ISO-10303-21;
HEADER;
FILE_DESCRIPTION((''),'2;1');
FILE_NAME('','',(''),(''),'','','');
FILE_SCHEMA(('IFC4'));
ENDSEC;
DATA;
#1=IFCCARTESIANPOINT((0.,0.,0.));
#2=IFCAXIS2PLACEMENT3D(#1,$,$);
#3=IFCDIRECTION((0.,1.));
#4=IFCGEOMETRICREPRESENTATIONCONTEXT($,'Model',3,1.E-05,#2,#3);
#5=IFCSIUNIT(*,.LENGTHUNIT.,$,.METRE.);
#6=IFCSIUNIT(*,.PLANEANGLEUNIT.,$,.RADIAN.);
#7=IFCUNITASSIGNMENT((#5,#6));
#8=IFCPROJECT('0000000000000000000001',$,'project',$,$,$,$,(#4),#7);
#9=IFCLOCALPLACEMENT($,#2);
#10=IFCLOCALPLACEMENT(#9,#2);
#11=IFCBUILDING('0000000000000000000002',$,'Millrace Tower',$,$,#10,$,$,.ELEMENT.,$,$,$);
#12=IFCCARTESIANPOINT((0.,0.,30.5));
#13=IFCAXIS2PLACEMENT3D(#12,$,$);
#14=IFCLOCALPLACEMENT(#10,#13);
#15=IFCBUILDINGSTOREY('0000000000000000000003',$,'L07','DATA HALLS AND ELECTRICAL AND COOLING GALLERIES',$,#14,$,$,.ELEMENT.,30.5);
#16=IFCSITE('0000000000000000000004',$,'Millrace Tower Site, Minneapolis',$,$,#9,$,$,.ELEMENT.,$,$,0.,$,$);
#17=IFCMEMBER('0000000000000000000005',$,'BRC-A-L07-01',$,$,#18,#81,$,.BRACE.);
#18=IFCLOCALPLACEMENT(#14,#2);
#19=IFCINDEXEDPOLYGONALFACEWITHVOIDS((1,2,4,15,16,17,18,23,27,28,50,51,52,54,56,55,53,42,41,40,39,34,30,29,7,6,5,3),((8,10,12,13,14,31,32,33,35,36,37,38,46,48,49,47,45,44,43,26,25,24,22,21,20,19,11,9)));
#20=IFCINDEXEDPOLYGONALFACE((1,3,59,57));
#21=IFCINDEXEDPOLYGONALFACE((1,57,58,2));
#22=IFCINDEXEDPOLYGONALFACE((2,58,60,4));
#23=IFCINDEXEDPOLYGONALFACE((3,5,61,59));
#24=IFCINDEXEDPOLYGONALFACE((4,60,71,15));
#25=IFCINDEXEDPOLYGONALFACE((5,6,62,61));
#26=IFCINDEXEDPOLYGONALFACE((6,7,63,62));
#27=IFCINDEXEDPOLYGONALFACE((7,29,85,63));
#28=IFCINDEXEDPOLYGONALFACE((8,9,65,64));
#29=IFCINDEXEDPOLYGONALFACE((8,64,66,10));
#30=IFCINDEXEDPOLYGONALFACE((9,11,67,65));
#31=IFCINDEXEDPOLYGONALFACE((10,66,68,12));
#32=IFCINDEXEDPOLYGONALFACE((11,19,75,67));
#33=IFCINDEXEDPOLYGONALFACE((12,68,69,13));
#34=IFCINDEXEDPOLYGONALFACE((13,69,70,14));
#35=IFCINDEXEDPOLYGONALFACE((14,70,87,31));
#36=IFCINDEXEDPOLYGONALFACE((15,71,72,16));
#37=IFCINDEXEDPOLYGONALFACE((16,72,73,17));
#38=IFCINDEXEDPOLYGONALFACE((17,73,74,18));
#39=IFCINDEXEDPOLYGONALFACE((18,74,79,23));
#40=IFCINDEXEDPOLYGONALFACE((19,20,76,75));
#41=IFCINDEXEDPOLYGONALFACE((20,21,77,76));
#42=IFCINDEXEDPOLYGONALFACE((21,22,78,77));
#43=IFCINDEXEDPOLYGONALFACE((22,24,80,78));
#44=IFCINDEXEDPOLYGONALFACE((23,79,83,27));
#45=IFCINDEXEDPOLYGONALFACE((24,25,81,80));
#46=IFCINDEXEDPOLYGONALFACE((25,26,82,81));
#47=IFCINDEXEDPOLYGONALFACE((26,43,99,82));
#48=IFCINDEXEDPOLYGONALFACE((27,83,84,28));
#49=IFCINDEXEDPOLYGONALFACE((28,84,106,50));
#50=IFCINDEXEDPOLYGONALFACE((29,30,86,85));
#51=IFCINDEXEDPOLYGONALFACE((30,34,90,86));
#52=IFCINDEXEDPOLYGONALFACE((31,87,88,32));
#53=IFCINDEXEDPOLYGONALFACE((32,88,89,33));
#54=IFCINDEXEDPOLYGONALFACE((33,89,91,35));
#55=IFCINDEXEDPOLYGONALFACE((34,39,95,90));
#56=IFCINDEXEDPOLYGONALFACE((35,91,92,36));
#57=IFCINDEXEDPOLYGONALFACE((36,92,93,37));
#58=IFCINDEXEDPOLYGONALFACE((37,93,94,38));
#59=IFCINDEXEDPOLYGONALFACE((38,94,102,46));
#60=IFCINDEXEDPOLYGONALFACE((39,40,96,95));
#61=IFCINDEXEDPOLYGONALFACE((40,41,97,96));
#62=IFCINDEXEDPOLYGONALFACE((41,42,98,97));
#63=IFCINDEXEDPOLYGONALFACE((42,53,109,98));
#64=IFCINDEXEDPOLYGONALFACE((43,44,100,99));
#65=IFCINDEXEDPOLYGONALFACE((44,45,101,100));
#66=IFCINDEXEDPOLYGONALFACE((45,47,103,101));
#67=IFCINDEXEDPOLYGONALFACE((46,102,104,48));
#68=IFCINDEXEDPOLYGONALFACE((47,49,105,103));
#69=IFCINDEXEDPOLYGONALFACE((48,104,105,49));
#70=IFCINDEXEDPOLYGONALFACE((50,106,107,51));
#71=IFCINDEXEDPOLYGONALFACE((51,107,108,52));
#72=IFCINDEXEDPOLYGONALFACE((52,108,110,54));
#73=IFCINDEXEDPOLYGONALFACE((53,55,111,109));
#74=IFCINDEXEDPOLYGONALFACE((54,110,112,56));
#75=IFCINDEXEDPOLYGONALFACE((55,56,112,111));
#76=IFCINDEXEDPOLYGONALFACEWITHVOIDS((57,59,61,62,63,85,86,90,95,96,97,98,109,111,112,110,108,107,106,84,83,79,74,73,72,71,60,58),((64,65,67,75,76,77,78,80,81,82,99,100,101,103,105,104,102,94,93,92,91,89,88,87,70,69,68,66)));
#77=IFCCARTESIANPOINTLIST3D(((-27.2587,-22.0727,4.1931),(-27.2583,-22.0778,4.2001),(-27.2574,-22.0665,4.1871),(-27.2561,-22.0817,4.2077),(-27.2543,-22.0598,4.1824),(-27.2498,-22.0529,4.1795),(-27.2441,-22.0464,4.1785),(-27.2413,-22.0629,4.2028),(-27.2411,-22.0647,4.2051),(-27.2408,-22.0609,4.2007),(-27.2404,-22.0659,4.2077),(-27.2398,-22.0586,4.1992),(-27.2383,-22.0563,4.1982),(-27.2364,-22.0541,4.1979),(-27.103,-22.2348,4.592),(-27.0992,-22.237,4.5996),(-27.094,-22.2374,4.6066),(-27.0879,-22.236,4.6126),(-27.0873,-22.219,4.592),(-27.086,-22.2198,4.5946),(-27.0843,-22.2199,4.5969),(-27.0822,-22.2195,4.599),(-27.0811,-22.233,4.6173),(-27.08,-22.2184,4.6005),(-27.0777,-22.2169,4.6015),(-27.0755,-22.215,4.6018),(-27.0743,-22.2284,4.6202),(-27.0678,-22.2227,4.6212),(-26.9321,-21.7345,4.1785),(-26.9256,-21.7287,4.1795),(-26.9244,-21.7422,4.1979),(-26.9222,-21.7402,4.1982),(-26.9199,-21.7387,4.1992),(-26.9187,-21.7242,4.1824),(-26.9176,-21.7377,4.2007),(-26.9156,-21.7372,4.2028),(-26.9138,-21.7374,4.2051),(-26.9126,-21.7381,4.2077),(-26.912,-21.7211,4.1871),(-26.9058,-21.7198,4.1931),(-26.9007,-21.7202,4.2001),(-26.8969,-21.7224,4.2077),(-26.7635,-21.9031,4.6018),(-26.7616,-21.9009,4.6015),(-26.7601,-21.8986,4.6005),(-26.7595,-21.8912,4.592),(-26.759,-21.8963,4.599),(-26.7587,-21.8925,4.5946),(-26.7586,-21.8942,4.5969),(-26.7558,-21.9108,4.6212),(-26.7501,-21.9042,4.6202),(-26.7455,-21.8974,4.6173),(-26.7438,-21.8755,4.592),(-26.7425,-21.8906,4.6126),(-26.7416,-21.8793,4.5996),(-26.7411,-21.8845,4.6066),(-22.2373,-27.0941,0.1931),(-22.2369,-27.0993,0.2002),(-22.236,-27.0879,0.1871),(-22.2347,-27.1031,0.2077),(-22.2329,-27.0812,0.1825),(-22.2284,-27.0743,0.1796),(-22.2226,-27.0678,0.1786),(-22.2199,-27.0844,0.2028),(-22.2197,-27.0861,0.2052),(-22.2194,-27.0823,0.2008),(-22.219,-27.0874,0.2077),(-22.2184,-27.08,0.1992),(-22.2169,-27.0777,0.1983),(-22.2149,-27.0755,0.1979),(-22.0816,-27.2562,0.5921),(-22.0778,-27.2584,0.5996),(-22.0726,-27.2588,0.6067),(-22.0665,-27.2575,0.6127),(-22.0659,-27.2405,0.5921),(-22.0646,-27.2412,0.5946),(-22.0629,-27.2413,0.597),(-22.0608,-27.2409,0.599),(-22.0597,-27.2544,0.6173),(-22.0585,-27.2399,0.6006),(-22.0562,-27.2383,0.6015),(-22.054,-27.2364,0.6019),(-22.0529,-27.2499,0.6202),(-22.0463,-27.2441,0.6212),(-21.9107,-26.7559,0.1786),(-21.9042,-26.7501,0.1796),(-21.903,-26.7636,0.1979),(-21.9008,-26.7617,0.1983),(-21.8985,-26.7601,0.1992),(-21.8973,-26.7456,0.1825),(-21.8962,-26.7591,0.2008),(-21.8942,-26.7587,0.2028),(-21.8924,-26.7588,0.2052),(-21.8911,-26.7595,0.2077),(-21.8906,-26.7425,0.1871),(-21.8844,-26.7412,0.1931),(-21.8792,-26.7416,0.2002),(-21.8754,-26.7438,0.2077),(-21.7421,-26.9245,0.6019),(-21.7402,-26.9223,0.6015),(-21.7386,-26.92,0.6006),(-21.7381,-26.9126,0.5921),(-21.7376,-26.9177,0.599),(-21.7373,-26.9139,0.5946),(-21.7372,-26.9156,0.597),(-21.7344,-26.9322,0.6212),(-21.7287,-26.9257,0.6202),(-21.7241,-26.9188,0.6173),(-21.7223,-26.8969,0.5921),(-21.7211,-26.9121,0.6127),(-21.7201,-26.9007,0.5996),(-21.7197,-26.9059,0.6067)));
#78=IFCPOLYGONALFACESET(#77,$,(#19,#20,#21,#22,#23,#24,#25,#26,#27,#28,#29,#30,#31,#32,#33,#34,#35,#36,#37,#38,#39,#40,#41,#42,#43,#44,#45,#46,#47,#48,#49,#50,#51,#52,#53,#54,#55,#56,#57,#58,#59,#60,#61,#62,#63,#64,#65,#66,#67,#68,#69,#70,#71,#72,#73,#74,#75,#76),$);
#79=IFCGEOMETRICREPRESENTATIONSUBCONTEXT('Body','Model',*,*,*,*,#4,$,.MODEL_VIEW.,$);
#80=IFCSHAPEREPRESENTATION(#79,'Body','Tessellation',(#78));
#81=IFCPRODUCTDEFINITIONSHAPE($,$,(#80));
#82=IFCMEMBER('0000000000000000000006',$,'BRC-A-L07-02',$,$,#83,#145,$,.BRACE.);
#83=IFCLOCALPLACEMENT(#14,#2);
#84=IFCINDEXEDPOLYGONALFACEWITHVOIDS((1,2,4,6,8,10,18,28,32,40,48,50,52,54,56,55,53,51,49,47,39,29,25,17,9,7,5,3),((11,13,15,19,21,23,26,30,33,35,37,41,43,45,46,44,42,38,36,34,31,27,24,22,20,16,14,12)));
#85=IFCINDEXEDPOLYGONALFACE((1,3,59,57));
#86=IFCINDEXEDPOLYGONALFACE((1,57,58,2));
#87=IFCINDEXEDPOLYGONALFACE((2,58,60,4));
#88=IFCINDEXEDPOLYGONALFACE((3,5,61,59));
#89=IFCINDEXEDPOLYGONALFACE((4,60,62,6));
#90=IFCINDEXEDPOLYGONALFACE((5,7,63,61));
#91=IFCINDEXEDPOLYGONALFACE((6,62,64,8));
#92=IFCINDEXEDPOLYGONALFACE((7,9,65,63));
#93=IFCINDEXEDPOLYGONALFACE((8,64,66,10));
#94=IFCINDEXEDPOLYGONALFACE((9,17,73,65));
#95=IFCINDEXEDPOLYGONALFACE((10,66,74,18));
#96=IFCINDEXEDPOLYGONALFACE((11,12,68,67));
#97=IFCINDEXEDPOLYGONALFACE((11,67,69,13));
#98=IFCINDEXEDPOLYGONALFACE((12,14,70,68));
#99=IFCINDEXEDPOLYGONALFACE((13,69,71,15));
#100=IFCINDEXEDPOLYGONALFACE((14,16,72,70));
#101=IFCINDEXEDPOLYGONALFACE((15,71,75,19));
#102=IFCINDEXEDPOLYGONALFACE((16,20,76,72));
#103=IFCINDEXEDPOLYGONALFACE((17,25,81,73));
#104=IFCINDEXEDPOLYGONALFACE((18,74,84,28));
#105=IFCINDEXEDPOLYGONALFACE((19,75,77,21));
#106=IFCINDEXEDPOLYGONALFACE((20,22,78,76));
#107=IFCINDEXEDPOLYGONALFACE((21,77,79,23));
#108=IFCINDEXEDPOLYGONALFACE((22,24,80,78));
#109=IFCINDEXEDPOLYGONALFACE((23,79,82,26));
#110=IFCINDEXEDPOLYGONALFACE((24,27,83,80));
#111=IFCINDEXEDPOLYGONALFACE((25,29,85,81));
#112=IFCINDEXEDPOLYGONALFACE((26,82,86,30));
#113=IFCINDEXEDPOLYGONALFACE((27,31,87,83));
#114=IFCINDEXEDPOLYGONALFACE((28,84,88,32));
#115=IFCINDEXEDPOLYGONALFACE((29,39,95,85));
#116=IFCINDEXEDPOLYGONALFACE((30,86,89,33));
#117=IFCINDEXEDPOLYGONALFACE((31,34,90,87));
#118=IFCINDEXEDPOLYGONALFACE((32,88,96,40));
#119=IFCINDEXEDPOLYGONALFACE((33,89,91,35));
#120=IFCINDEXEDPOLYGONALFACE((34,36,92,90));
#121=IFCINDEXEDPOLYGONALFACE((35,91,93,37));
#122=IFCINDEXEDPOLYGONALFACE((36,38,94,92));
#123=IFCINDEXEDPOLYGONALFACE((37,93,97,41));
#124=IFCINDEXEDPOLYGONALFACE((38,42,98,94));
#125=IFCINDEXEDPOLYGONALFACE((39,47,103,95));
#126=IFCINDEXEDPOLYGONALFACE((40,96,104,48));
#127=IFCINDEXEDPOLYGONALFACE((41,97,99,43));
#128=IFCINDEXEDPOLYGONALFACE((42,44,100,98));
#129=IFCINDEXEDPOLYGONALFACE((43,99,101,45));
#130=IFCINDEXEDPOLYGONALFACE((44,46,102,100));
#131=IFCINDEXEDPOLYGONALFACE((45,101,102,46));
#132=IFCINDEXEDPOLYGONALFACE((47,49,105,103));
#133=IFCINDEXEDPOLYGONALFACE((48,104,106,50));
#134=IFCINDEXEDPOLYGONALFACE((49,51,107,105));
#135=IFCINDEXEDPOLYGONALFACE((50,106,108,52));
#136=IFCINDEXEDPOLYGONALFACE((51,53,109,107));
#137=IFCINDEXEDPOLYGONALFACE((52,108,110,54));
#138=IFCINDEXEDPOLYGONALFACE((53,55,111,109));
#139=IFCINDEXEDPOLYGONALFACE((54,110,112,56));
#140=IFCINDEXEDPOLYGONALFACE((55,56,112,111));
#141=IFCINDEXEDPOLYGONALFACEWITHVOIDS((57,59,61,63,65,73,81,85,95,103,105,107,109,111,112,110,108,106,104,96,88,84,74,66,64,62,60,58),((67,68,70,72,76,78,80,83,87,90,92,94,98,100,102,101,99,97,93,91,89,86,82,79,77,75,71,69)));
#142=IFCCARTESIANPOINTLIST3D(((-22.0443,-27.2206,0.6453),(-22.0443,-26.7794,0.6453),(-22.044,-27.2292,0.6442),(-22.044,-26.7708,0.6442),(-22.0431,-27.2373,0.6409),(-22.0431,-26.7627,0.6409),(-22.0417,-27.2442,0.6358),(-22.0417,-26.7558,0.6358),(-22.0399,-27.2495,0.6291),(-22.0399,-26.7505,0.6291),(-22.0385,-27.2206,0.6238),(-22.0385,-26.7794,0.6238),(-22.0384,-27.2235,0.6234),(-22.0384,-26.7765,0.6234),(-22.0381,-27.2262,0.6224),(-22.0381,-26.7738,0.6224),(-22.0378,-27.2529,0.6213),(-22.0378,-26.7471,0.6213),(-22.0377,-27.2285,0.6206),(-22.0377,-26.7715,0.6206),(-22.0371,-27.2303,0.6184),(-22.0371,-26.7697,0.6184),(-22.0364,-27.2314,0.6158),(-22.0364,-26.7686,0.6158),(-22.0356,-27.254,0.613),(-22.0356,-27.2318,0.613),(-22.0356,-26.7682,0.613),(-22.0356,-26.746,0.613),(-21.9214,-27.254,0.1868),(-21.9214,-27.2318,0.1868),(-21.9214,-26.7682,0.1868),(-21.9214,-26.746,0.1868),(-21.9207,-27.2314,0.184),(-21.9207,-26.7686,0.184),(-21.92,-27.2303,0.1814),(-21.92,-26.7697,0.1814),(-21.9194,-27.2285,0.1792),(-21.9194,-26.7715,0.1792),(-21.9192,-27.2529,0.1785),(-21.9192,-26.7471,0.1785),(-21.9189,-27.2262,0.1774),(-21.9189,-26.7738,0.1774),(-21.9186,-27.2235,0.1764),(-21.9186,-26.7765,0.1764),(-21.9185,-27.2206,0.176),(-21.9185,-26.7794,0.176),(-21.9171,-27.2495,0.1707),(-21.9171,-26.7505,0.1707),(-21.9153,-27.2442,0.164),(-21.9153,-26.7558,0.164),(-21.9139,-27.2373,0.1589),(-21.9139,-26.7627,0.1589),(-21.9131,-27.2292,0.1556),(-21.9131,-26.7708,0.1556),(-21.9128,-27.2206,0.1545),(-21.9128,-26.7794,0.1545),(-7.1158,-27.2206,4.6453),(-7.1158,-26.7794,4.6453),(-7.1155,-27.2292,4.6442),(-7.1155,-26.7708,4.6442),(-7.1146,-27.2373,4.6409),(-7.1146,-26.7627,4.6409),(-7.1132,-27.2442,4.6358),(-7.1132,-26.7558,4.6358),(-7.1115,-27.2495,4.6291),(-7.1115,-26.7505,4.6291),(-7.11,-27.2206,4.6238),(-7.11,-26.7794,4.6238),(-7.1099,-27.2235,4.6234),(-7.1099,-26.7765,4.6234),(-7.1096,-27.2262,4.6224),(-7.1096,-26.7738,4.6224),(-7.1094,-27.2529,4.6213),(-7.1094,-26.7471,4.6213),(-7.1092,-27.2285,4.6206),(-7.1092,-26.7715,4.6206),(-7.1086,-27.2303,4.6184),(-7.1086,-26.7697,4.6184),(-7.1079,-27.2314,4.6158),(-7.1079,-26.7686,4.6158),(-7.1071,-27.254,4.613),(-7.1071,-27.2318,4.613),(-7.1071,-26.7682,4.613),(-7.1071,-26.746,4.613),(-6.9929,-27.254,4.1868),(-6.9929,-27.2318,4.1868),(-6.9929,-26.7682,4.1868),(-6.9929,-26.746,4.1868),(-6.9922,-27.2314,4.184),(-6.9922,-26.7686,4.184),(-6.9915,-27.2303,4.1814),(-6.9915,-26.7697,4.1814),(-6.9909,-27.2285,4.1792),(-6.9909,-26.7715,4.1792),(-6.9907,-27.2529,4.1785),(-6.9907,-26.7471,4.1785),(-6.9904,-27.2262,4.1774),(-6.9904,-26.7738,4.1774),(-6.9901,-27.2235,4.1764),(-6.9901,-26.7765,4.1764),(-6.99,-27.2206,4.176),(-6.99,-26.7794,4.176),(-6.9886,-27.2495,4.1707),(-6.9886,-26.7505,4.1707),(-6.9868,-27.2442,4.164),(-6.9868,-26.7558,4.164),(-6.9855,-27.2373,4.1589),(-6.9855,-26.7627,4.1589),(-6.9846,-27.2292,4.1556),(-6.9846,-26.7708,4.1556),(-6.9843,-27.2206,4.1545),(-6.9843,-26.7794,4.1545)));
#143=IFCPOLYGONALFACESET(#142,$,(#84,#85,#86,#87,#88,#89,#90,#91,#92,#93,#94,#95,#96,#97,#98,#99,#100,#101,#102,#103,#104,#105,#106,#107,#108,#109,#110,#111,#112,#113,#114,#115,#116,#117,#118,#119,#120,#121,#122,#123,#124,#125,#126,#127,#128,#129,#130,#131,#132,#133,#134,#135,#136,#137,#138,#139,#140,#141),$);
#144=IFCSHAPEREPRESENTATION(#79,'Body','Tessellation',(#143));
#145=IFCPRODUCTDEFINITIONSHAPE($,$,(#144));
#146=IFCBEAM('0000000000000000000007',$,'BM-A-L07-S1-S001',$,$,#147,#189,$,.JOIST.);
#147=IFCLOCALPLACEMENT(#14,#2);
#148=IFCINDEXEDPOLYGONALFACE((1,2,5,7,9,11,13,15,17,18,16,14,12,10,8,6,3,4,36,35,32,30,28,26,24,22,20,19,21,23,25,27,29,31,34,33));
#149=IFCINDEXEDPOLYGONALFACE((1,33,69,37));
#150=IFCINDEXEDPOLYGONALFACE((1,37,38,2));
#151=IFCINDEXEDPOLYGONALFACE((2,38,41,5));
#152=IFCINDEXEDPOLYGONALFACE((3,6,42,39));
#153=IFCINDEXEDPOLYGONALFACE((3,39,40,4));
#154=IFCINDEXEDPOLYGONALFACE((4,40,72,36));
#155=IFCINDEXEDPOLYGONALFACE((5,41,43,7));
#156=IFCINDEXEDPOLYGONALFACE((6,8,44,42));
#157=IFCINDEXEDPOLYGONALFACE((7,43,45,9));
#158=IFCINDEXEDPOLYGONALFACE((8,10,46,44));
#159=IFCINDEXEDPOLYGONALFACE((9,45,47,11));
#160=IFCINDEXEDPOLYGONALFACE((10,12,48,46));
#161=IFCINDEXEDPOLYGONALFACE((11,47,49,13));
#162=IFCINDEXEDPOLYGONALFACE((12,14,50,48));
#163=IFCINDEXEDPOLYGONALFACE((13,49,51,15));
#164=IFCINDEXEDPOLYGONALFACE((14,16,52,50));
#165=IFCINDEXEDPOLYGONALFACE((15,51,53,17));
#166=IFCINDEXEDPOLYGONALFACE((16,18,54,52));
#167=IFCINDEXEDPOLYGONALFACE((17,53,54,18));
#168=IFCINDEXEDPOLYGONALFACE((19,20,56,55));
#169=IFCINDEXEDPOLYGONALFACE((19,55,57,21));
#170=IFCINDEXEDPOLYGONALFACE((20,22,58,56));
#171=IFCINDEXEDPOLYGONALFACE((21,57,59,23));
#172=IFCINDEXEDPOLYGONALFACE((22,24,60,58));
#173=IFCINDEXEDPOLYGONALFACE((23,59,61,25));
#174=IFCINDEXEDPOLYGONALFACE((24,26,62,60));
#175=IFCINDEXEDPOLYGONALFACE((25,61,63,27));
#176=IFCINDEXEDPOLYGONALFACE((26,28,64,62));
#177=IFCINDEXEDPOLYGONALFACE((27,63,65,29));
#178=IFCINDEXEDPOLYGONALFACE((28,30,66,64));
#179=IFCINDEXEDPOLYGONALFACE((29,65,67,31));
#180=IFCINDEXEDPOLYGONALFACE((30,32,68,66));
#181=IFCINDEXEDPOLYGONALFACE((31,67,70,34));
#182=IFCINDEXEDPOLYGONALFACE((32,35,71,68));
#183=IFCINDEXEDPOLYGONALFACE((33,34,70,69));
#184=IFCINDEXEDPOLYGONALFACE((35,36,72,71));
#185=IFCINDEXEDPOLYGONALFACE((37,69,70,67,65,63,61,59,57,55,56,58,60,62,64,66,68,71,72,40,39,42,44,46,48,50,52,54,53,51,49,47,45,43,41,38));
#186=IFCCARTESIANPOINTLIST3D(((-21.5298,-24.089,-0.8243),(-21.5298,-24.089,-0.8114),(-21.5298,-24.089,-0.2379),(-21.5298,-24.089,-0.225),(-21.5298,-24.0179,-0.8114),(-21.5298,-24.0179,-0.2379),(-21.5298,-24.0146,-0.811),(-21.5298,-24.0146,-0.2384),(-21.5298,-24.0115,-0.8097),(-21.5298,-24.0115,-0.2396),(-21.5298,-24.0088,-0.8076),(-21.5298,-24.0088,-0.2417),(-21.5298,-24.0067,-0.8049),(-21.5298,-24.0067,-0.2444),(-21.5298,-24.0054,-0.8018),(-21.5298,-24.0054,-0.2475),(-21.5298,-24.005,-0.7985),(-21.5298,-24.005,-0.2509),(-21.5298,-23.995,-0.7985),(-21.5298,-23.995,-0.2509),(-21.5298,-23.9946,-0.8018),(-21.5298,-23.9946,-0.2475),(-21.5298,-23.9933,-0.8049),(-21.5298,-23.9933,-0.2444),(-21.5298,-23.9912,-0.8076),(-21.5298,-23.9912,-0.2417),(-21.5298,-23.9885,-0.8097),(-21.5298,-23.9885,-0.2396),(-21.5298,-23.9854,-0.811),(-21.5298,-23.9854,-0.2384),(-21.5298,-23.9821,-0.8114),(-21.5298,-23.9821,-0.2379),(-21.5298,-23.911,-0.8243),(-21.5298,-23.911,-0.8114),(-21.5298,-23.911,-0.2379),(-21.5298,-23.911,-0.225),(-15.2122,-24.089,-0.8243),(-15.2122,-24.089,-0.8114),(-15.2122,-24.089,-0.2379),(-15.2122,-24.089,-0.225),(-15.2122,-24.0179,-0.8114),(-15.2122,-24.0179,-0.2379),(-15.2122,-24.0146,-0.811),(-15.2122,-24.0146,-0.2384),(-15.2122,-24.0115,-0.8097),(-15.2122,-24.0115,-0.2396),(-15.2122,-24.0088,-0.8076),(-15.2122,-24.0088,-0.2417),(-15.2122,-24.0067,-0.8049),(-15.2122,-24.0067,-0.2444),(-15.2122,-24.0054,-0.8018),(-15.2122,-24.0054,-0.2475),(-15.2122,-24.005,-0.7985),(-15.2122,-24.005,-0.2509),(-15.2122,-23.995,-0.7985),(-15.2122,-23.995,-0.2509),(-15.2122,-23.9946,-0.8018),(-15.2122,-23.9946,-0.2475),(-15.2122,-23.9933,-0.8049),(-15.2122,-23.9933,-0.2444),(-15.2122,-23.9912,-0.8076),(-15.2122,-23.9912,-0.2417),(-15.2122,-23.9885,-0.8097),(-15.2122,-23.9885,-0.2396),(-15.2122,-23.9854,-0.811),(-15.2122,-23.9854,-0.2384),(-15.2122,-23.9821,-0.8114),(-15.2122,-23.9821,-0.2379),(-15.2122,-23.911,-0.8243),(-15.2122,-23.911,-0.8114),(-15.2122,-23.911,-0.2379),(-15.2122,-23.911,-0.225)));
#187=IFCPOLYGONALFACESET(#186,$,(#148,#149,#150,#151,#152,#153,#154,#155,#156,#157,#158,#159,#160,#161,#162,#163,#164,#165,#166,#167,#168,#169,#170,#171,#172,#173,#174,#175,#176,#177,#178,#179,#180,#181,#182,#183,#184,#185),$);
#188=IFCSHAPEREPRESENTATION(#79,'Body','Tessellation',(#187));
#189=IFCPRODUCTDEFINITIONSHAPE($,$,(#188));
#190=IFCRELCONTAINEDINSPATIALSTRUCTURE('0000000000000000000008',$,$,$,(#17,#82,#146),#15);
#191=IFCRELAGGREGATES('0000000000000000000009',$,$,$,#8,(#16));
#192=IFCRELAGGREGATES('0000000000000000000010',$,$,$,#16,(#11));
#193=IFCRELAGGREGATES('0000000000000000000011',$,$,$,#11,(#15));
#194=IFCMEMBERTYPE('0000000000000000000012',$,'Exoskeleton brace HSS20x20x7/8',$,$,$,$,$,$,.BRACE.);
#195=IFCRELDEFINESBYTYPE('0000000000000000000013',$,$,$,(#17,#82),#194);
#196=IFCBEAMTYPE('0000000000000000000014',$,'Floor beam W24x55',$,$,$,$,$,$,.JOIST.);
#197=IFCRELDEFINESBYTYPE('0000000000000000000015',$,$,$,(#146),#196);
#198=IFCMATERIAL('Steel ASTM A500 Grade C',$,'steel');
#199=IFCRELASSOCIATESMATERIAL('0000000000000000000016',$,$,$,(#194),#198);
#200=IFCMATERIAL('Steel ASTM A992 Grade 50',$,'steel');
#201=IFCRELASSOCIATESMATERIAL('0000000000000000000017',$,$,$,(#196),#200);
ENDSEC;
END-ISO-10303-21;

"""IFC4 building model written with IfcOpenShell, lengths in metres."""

from ifc_helpers import new_model, si_unit, direction, frame, origin, origin_2d, place, context, subcontext, project, spatial, hollow_rectangle, i_section, extrude, material, material_profile, profile_set, type_object, element, save


model = new_model("IFC4")

# Units and contexts
model_context = context("Model", 3, precision=1e-05, world=origin(), true_north=direction((0.0, 1.0)))
body_context = subcontext(model_context, "Body", "Model", "MODEL_VIEW")
ifc_project = project(units=[si_unit("LENGTHUNIT", "METRE"), si_unit("PLANEANGLEUNIT", "RADIAN")], contexts=[model_context])

# Site, building, storey
site_placement = place(None, origin())
site = spatial("IfcSite", under=ifc_project, at=site_placement, Name="Millrace Tower Site, Minneapolis", CompositionType="ELEMENT", RefElevation=0.0)
building_placement = place(site_placement, origin())
building = spatial("IfcBuilding", under=site, at=building_placement, Name="Millrace Tower", CompositionType="ELEMENT")
storey_placement = place(building_placement, frame((0.0, 0.0, 30.5)))
storey = spatial("IfcBuildingStorey", under=building, at=storey_placement, Name="L07", Description="DATA HALLS AND ELECTRICAL AND COOLING GALLERIES", CompositionType="ELEMENT", Elevation=30.5)

# Members
ifc_material_1 = material(Name="Steel ASTM A500 Grade C", Category="steel")
ifc_material_profile_1 = material_profile(ifc_material_1, hollow_rectangle(XDim=0.5081, YDim=0.5081, WallThickness=0.0222, InnerFilletRadius=0.0112, OuterFilletRadius=0.0334, at=origin_2d()))
ifc_profile_set_1 = profile_set([ifc_material_profile_1], Name="Steel ASTM A500 Grade C")
member_type_1 = type_object("IfcMemberType", Name="Exoskeleton brace HSS20x20x7/8", PredefinedType="BRACE", material=ifc_profile_set_1)
member_1_placement = place(storey_placement, frame((-21.9785, -27.0, 0.3999), z_axis=(-0.616095, 0.616095, 0.490768), x_axis=(-0.707107, -0.707107, 0.0)))
element("IfcMember", 1, at=member_1_placement, inside=storey, type_object=member_type_1, Name="BRC-A-L07-01", PredefinedType="BRACE", context=body_context, shape_type="SweptSolid", body=[
    extrude(hollow_rectangle(XDim=0.5081, YDim=0.5081, WallThickness=0.0222, InnerFilletRadius=0.0112, OuterFilletRadius=0.0334, at=origin_2d()), origin(), (0.0, 0.0, 1.0), 8.1504),
])
member_2_placement = place(storey_placement, frame((-21.9785, -27.0, 0.3999), z_axis=(0.965927, 0.0, 0.258815), x_axis=(0.0, 1.0, 0.0)))
element("IfcMember", 2, at=member_2_placement, inside=storey, type_object=member_type_1, Name="BRC-A-L07-02", PredefinedType="BRACE", context=body_context, shape_type="SweptSolid", body=[
    extrude(hollow_rectangle(XDim=0.5081, YDim=0.5081, WallThickness=0.0222, InnerFilletRadius=0.0112, OuterFilletRadius=0.0334, at=origin_2d()), origin(), (0.0, 0.0, 1.0), 15.4551),
])

# Beam
ifc_material_2 = material(Name="Steel ASTM A992 Grade 50", Category="steel")
ifc_material_profile_2 = material_profile(ifc_material_2, i_section(OverallWidth=0.178, OverallDepth=0.5994, WebThickness=0.01, FlangeThickness=0.0129, FilletRadius=0.0129, at=origin_2d()))
ifc_profile_set_2 = profile_set([ifc_material_profile_2], Name="Steel ASTM A992 Grade 50")
beam_type_1 = type_object("IfcBeamType", Name="Floor beam W24x55", PredefinedType="JOIST", material=ifc_profile_set_2)
beam_1_placement = place(storey_placement, frame((-21.5298, -24.0, -0.5247), z_axis=(1.0, 0.0, 0.0), x_axis=(0.0, 1.0, 0.0)))
element("IfcBeam", 3, at=beam_1_placement, inside=storey, type_object=beam_type_1, Name="BM-A-L07-S1-S001", PredefinedType="JOIST", context=body_context, shape_type="SweptSolid", body=[
    extrude(i_section(OverallWidth=0.178, OverallDepth=0.5994, WebThickness=0.01, FlangeThickness=0.0129, FilletRadius=0.0129, at=origin_2d()), origin(), (0.0, 0.0, 1.0), 6.3176),
])

save(model, "model.ifc")
